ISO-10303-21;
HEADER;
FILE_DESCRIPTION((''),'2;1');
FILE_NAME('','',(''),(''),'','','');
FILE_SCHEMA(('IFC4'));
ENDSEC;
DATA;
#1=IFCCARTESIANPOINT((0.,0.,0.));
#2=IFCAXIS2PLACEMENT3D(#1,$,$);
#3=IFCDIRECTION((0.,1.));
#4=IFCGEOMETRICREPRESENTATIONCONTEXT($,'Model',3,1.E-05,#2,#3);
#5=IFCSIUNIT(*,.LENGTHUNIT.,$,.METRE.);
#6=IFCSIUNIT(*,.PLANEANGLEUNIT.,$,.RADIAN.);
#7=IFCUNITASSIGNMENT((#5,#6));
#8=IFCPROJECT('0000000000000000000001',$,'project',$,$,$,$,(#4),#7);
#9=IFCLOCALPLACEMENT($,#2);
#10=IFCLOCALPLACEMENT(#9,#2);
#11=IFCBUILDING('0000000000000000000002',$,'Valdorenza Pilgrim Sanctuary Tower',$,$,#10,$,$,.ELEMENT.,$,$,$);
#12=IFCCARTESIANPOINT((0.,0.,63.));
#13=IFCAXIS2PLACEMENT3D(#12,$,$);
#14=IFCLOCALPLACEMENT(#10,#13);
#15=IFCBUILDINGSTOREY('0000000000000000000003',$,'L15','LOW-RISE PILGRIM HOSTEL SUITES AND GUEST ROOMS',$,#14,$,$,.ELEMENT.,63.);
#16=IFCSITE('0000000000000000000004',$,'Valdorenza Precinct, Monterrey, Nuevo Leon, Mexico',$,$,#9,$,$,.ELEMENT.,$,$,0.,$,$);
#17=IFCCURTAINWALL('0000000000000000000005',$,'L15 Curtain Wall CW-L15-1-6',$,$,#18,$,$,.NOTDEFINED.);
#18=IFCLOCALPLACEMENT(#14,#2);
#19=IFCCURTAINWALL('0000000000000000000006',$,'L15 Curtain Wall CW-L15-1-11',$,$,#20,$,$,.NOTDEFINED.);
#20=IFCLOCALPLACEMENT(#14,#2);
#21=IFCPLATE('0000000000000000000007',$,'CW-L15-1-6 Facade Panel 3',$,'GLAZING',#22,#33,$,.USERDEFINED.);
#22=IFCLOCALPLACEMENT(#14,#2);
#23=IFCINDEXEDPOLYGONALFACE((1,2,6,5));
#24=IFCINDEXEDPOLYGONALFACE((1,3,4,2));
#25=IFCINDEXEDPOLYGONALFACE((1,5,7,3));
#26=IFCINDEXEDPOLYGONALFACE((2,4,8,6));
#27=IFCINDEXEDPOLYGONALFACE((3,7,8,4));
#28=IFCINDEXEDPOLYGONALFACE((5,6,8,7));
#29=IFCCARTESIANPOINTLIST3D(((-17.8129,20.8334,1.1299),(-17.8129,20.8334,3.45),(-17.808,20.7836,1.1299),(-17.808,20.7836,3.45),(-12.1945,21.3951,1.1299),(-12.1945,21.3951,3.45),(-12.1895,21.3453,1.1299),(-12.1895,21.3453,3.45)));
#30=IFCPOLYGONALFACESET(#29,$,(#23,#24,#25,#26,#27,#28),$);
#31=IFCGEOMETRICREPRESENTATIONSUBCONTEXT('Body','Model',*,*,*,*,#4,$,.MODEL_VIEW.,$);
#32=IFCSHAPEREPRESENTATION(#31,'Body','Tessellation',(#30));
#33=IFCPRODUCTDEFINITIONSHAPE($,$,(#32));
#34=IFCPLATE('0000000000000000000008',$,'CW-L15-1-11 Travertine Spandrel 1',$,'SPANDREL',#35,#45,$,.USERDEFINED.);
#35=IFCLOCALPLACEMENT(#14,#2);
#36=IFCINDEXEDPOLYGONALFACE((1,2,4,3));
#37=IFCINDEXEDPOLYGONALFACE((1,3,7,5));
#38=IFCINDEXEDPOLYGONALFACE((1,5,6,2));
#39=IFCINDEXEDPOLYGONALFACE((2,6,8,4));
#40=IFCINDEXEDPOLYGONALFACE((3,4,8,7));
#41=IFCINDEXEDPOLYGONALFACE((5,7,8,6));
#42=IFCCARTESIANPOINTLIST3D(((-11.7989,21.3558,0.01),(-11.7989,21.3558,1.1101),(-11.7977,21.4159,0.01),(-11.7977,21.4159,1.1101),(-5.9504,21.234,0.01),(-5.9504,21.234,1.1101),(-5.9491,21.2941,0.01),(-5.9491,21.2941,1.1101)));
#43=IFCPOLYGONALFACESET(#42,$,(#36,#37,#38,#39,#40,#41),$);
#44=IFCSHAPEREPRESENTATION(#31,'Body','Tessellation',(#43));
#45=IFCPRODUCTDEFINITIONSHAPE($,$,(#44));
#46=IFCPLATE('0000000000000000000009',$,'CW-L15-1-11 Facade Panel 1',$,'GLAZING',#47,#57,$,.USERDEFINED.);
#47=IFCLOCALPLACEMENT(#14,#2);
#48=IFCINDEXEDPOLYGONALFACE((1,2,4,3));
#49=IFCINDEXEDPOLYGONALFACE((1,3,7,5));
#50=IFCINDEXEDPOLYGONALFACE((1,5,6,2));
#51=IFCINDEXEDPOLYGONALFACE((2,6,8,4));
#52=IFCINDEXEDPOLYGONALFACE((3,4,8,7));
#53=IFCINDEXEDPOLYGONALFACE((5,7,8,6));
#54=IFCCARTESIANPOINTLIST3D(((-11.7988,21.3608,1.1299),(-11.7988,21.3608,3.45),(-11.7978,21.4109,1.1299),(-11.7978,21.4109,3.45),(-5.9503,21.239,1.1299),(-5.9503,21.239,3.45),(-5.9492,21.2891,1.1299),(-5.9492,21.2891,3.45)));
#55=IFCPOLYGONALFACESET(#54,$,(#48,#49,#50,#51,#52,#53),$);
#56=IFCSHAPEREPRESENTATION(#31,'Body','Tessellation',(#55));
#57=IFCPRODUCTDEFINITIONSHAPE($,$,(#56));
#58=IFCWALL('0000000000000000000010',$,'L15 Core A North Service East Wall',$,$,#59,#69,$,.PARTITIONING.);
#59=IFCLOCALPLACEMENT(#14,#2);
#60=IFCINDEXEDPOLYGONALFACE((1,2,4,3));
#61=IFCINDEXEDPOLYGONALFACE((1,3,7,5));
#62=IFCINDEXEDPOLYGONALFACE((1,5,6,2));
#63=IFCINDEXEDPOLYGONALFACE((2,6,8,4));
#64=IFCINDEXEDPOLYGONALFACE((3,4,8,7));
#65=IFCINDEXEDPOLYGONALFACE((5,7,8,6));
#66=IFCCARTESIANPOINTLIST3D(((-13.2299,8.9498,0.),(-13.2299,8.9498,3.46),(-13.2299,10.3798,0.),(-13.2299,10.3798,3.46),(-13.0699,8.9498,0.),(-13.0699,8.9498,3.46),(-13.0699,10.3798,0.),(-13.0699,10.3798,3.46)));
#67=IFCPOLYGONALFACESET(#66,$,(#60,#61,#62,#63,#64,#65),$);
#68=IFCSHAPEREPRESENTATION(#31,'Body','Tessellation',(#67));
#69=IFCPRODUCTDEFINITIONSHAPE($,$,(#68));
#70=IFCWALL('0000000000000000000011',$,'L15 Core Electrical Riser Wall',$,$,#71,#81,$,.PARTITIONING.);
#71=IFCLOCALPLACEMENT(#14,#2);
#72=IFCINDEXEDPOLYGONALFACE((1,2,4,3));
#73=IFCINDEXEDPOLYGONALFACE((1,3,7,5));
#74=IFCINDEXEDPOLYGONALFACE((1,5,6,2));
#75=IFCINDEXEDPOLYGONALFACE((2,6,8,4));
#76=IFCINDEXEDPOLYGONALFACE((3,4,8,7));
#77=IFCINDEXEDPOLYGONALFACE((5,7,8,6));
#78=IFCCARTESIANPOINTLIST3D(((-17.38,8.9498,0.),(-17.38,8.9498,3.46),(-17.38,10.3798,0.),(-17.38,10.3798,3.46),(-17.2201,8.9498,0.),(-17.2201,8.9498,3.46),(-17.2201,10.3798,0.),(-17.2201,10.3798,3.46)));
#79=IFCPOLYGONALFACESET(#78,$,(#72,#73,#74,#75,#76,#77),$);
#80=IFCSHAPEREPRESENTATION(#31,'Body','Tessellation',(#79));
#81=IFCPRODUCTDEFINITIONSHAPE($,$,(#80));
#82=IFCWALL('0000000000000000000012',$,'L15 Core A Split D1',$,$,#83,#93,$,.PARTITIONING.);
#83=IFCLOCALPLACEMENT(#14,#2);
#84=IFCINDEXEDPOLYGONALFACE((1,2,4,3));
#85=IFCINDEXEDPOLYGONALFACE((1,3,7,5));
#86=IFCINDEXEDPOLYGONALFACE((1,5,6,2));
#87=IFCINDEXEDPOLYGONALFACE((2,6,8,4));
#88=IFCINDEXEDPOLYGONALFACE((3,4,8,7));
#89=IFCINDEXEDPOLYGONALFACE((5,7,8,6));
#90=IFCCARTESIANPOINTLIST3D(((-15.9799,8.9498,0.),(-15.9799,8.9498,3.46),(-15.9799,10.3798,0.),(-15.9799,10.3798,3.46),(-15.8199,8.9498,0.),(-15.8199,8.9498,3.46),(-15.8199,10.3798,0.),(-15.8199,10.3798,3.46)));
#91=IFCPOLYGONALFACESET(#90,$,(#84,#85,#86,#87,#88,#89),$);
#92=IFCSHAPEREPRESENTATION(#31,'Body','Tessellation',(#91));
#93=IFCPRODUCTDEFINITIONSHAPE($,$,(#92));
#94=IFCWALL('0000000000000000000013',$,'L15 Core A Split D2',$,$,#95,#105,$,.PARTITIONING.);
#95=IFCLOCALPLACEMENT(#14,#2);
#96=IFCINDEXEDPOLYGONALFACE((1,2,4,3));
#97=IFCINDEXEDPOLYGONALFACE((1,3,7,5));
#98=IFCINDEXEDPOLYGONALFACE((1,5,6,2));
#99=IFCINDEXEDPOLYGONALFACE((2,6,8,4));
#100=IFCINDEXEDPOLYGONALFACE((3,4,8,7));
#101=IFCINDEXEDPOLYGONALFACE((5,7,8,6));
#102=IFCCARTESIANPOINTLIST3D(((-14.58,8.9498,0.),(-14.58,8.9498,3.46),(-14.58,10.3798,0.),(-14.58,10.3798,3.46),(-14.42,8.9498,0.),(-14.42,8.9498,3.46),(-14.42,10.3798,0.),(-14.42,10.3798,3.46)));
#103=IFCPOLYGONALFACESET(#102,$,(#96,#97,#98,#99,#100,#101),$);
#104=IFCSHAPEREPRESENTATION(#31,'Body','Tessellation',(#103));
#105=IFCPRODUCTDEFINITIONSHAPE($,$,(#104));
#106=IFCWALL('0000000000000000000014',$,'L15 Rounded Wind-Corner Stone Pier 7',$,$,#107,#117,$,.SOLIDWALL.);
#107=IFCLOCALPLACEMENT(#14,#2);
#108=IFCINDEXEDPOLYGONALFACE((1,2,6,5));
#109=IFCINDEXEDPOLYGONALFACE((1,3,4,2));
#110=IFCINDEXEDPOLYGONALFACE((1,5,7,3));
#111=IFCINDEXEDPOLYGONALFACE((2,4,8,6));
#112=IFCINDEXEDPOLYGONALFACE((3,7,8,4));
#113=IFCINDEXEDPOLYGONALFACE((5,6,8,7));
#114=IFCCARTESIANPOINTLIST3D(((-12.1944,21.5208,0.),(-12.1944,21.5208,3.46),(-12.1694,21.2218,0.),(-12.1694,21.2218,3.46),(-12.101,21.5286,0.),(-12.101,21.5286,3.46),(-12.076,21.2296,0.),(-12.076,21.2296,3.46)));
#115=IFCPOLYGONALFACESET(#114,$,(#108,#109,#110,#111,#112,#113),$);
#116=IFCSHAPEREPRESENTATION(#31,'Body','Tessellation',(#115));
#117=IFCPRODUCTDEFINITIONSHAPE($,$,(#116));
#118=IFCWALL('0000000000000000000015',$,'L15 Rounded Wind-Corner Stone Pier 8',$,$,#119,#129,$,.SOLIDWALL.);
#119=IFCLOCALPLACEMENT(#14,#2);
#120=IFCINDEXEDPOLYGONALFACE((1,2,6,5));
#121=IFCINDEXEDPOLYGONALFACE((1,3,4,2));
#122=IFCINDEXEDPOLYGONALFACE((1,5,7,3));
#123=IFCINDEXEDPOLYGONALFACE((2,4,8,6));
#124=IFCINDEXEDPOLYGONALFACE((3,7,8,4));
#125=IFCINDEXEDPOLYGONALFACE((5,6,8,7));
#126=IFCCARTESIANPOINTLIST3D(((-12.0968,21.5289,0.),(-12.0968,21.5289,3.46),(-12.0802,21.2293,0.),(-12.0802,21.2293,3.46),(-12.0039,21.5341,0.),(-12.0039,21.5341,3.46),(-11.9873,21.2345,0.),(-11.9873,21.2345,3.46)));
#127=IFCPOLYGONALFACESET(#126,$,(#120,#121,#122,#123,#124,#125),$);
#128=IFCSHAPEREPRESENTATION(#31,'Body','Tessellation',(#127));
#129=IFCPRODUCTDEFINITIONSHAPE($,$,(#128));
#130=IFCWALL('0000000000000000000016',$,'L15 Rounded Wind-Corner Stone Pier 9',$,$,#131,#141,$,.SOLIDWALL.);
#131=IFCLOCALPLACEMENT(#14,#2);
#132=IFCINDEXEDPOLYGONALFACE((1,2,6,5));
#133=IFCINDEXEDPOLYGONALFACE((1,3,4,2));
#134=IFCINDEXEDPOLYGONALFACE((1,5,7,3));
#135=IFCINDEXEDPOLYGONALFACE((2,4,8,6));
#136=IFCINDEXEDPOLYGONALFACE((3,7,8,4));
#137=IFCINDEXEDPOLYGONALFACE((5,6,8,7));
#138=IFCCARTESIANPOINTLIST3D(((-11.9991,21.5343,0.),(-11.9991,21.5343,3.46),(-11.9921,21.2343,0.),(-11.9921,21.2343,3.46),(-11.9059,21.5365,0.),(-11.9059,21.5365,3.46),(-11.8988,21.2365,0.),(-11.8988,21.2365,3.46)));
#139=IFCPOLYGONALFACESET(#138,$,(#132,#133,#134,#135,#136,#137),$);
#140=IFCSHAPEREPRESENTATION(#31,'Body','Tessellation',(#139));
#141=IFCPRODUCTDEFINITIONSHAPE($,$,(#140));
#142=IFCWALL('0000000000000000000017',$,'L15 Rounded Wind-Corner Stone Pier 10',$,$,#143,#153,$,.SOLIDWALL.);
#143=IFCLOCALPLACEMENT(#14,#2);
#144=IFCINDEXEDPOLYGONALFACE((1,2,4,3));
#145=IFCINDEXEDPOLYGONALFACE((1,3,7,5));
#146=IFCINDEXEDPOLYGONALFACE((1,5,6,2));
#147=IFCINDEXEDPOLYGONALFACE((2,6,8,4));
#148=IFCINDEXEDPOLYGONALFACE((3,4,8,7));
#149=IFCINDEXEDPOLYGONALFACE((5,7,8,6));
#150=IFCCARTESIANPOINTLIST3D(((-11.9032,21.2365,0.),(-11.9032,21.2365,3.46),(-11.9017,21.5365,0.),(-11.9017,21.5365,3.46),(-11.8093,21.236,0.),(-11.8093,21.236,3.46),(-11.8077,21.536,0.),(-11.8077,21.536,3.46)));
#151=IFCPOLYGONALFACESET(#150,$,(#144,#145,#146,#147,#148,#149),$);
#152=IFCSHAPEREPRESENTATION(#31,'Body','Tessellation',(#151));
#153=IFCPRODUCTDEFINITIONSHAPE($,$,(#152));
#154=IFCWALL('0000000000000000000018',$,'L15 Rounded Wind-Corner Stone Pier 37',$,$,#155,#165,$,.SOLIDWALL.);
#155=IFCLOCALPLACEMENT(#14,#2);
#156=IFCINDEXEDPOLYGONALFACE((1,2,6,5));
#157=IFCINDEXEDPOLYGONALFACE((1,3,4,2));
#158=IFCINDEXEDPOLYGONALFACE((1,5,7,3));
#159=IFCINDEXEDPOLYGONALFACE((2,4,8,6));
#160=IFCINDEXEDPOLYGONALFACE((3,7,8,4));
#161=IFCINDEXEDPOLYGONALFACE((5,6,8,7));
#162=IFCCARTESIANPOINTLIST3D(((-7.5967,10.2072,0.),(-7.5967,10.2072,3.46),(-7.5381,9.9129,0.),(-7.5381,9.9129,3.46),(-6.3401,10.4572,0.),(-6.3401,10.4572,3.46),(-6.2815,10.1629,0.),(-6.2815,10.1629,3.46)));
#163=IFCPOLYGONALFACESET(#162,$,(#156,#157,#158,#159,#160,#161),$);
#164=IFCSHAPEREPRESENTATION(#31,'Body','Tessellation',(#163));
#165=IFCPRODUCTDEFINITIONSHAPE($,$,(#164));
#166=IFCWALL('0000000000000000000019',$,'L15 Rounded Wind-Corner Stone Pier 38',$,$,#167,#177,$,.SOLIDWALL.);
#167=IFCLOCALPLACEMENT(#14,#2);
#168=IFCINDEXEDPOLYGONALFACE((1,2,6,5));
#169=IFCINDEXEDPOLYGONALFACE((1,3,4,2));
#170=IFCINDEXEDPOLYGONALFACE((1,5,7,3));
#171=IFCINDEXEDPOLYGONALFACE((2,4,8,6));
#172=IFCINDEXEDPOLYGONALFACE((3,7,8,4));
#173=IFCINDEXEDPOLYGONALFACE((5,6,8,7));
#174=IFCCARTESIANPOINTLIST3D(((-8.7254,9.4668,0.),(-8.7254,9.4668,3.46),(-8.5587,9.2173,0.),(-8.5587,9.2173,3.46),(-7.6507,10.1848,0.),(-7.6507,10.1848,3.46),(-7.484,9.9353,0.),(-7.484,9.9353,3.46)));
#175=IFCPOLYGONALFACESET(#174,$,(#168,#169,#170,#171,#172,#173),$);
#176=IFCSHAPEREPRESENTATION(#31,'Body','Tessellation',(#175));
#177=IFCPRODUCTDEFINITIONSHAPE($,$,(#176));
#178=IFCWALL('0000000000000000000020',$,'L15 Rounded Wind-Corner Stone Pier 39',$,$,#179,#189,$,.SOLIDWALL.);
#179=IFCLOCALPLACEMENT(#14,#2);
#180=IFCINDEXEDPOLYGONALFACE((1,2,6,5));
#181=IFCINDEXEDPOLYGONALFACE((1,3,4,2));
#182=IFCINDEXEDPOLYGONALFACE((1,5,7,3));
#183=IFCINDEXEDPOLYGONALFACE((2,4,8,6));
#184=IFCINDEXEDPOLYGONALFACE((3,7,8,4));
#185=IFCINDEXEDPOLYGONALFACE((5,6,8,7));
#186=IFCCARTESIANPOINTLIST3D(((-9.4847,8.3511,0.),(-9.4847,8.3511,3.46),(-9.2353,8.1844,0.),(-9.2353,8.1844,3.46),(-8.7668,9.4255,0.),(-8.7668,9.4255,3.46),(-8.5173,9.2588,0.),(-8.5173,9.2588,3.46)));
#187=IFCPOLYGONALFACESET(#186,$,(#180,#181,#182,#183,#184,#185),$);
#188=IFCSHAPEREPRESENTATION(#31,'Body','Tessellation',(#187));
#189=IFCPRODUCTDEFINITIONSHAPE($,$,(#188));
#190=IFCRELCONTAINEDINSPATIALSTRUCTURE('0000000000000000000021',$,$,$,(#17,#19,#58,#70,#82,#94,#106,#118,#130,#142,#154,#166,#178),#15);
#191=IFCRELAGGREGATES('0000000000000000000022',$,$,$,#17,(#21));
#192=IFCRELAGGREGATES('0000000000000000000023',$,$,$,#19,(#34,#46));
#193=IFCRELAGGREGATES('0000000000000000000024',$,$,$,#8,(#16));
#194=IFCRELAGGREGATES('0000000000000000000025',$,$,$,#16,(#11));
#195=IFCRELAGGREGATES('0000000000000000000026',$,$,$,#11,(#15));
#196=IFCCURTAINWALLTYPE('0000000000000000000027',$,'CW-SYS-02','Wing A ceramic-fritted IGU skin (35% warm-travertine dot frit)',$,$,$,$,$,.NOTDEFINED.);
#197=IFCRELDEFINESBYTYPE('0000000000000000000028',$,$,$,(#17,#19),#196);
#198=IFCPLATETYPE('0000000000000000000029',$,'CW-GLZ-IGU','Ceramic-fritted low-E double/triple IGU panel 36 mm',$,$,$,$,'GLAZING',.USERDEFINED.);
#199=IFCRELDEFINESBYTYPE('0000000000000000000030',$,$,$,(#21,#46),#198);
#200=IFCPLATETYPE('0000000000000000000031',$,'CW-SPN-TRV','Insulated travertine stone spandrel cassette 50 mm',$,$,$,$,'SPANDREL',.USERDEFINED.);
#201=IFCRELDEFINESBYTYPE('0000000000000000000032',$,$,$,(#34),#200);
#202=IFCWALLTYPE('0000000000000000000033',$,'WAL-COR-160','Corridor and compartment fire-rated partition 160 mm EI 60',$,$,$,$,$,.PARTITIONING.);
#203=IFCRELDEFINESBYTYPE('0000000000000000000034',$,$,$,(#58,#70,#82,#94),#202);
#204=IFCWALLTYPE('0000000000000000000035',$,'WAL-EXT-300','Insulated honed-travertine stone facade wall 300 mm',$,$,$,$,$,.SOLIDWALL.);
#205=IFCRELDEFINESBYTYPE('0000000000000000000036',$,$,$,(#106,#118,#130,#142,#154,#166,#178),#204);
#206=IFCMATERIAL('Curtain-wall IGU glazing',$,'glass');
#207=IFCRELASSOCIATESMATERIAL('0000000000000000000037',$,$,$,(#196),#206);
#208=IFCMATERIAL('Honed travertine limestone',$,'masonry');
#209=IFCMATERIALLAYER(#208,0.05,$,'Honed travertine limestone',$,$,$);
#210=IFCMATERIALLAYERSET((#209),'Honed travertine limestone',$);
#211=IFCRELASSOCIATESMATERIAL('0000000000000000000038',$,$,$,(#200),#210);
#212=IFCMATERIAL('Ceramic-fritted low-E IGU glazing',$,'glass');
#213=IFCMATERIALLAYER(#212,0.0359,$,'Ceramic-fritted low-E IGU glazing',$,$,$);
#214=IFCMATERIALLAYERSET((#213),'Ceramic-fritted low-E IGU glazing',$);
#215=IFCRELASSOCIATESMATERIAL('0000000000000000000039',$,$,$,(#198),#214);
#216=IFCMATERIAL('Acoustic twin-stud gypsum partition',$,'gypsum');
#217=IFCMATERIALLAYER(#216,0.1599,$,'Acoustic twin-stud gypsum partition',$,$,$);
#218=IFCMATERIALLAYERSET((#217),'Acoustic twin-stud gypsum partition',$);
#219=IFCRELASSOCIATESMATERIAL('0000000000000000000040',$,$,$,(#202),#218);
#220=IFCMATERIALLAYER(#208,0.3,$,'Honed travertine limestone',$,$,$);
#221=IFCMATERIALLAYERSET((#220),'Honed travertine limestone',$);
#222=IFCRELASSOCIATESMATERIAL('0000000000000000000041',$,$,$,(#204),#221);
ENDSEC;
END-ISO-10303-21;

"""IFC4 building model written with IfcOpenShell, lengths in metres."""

from ifc_helpers import new_model, si_unit, direction, frame, frame_2d, origin, origin_2d, place, context, subcontext, project, spatial, rectangle, extrude, source, transform, mapped, material, layer, layer_set, type_object, element, aggregate, save


model = new_model("IFC4")

# Units and contexts
model_context = context("Model", 3, precision=1e-05, world=origin(), true_north=direction((0.0, 1.0)))
body_context = subcontext(model_context, "Body", "Model", "MODEL_VIEW")
ifc_project = project(units=[si_unit("LENGTHUNIT", "METRE"), si_unit("PLANEANGLEUNIT", "RADIAN")], contexts=[model_context])

# Site, building, storey
site_placement = place(None, origin())
site = spatial("IfcSite", under=ifc_project, at=site_placement, Name="Valdorenza Precinct, Monterrey, Nuevo Leon, Mexico", CompositionType="ELEMENT", RefElevation=0.0)
building_placement = place(site_placement, origin())
building = spatial("IfcBuilding", under=site, at=building_placement, Name="Valdorenza Pilgrim Sanctuary Tower", CompositionType="ELEMENT")
storey_placement = place(building_placement, frame((0.0, 0.0, 63.0)))
storey = spatial("IfcBuildingStorey", under=building, at=storey_placement, Name="L15", Description="LOW-RISE PILGRIM HOSTEL SUITES AND GUEST ROOMS", CompositionType="ELEMENT", Elevation=63.0)

# Curtain walls
ifc_material_1 = material(Name="Curtain-wall IGU glazing", Category="glass")
curtain_wall_type = type_object("IfcCurtainWallType", Name="CW-SYS-02", Description="Wing A ceramic-fritted IGU skin (35% warm-travertine dot frit)", PredefinedType="NOTDEFINED", material=ifc_material_1)
curtain_wall_1_placement = place(storey_placement, origin())
curtain_wall_1 = element("IfcCurtainWall", 1, at=curtain_wall_1_placement, inside=storey, type_object=curtain_wall_type, Name="L15 Curtain Wall CW-L15-1-6", PredefinedType="NOTDEFINED")
curtain_wall_2_placement = place(storey_placement, origin())
curtain_wall_2 = element("IfcCurtainWall", 2, at=curtain_wall_2_placement, inside=storey, type_object=curtain_wall_type, Name="L15 Curtain Wall CW-L15-1-11", PredefinedType="NOTDEFINED")

# Plates
ifc_material_2 = material(Name="Honed travertine limestone", Category="masonry")
ifc_layer_1 = layer(ifc_material_2, 0.05, Name="Honed travertine limestone")
ifc_layer_set_1 = layer_set([ifc_layer_1], Name="Honed travertine limestone")
plate_type_1 = type_object("IfcPlateType", Name="CW-SPN-TRV", Description="Insulated travertine stone spandrel cassette 50 mm", ElementType="SPANDREL", PredefinedType="USERDEFINED", material=ifc_layer_set_1)
ifc_material_3 = material(Name="Ceramic-fritted low-E IGU glazing", Category="glass")
ifc_layer_2 = layer(ifc_material_3, 0.0359, Name="Ceramic-fritted low-E IGU glazing")
ifc_layer_set_2 = layer_set([ifc_layer_2], Name="Ceramic-fritted low-E IGU glazing")
plate_type_2 = type_object("IfcPlateType", Name="CW-GLZ-IGU", Description="Ceramic-fritted low-E double/triple IGU panel 36 mm", ElementType="GLAZING", PredefinedType="USERDEFINED", material=ifc_layer_set_2)
shared_shape_1 = source(origin(), body_context, "Body", "SweptSolid", [
    extrude(rectangle(XDim=5.6465, YDim=0.05, at=origin_2d()), origin(), (0.0, 0.0, 1.0), 2.3201),
])
plate_1_placement = place(storey_placement, frame((-15.0012, 21.0894, 1.1299), z_axis=(0.0, 0.0, 1.0), x_axis=(0.995038, 0.099493, 0.0)))
plate_1 = element("IfcPlate", 3, at=plate_1_placement, type_object=plate_type_2, Name="CW-L15-1-6 Facade Panel 3", ObjectType="GLAZING", PredefinedType="USERDEFINED", context=body_context, shape_type="MappedRepresentation", body=[
    mapped(shared_shape_1, transform((0.0, 0.0, 0.0), x_axis=(1.0, 0.0, 0.0), y_axis=(0.0, 1.0, 0.0), z_axis=(0.0, 0.0, 1.0), scale=1.0)),
])
aggregate(curtain_wall_1, [plate_1])
shared_shape_2 = source(origin(), body_context, "Body", "SweptSolid", [
    extrude(rectangle(XDim=5.8499, YDim=0.0601, at=origin_2d()), origin(), (0.0, 0.0, 1.0), 1.1001),
])
plate_2_placement = place(storey_placement, frame((-8.874, 21.325, 0.01), z_axis=(0.0, 0.0, 1.0), x_axis=(0.999783, -0.02082, 0.0)))
plate_2 = element("IfcPlate", 4, at=plate_2_placement, type_object=plate_type_1, Name="CW-L15-1-11 Travertine Spandrel 1", ObjectType="SPANDREL", PredefinedType="USERDEFINED", context=body_context, shape_type="MappedRepresentation", body=[
    mapped(shared_shape_2, transform((0.0, 0.0, 0.0), x_axis=(1.0, 0.0, 0.0), y_axis=(0.0, 1.0, 0.0), z_axis=(0.0, 0.0, 1.0), scale=1.0)),
])
shared_shape_3 = source(origin(), body_context, "Body", "SweptSolid", [
    extrude(rectangle(XDim=5.8499, YDim=0.05, at=origin_2d()), origin(), (0.0, 0.0, 1.0), 2.3201),
])
plate_3_placement = place(storey_placement, frame((-8.874, 21.325, 1.1299), z_axis=(0.0, 0.0, 1.0), x_axis=(0.999783, -0.02082, 0.0)))
plate_3 = element("IfcPlate", 5, at=plate_3_placement, type_object=plate_type_2, Name="CW-L15-1-11 Facade Panel 1", ObjectType="GLAZING", PredefinedType="USERDEFINED", context=body_context, shape_type="MappedRepresentation", body=[
    mapped(shared_shape_3, transform((0.0, 0.0, 0.0), x_axis=(1.0, 0.0, 0.0), y_axis=(0.0, 1.0, 0.0), z_axis=(0.0, 0.0, 1.0), scale=1.0)),
])
aggregate(curtain_wall_2, [plate_2, plate_3])

# Walls
ifc_material_4 = material(Name="Acoustic twin-stud gypsum partition", Category="gypsum")
ifc_layer_3 = layer(ifc_material_4, 0.1599, Name="Acoustic twin-stud gypsum partition")
ifc_layer_set_3 = layer_set([ifc_layer_3], Name="Acoustic twin-stud gypsum partition")
wall_type_1 = type_object("IfcWallType", Name="WAL-COR-160", Description="Corridor and compartment fire-rated partition 160 mm EI 60", PredefinedType="PARTITIONING", material=ifc_layer_set_3)
for number, where, z_axis, x_axis, name in (
    (6, (-13.1499, 8.95, 0.0), (0.0, 0.0, 1.0), (0.0, 1.0, 0.0), "L15 Core A North Service East Wall"),
    (7, (-17.3, 8.95, 0.0), (0.0, 0.0, 1.0), (0.0, 1.0, 0.0), "L15 Core Electrical Riser Wall"),
    (8, (-15.8999, 8.95, 0.0), (0.0, 0.0, 1.0), (0.0, 1.0, 0.0), "L15 Core A Split D1"),
    (9, (-14.5, 8.95, 0.0), (0.0, 0.0, 1.0), (0.0, 1.0, 0.0), "L15 Core A Split D2"),
):
    element("IfcWall", number, at=place(storey_placement, frame(where, z_axis=z_axis, x_axis=x_axis)), inside=storey, type_object=wall_type_1, Name=name, PredefinedType="PARTITIONING", context=body_context, shape_type="SweptSolid", body=[
        extrude(rectangle(XDim=1.4299, YDim=0.1599, at=frame_2d((0.7148, 0.0))), origin(), (0.0, 0.0, 1.0), 3.46),
    ])
ifc_layer_4 = layer(ifc_material_2, 0.3, Name="Honed travertine limestone")
ifc_layer_set_4 = layer_set([ifc_layer_4], Name="Honed travertine limestone")
wall_type_2 = type_object("IfcWallType", Name="WAL-EXT-300", Description="Insulated honed-travertine stone facade wall 300 mm", PredefinedType="SOLIDWALL", material=ifc_layer_set_4)
wall_1_placement = place(storey_placement, frame((-12.1819, 21.3713, 0.0), z_axis=(0.0, 0.0, 1.0), x_axis=(0.996528, 0.083261, 0.0)))
element("IfcWall", 10, at=wall_1_placement, inside=storey, type_object=wall_type_2, Name="L15 Rounded Wind-Corner Stone Pier 7", PredefinedType="SOLIDWALL", context=body_context, shape_type="SweptSolid", body=[
    extrude(rectangle(XDim=0.0938, YDim=0.3, at=frame_2d((0.0469, 0.0))), origin(), (0.0, 0.0, 1.0), 3.46),
])
wall_2_placement = place(storey_placement, frame((-12.0884, 21.3792, 0.0), z_axis=(0.0, 0.0, 1.0), x_axis=(0.998476, 0.055179, 0.0)))
element("IfcWall", 11, at=wall_2_placement, inside=storey, type_object=wall_type_2, Name="L15 Rounded Wind-Corner Stone Pier 8", PredefinedType="SOLIDWALL", context=body_context, shape_type="SweptSolid", body=[
    extrude(rectangle(XDim=0.093, YDim=0.3, at=frame_2d((0.0464, 0.0))), origin(), (0.0, 0.0, 1.0), 3.46),
])
wall_3_placement = place(storey_placement, frame((-11.9956, 21.3843, 0.0), z_axis=(0.0, 0.0, 1.0), x_axis=(0.999723, 0.023554, 0.0)))
element("IfcWall", 12, at=wall_3_placement, inside=storey, type_object=wall_type_2, Name="L15 Rounded Wind-Corner Stone Pier 9", PredefinedType="SOLIDWALL", context=body_context, shape_type="SweptSolid", body=[
    extrude(rectangle(XDim=0.0933, YDim=0.3, at=frame_2d((0.0466, 0.0))), origin(), (0.0, 0.0, 1.0), 3.46),
])
wall_4_placement = place(storey_placement, frame((-11.9023, 21.3865, 0.0), z_axis=(0.0, 0.0, 1.0), x_axis=(0.999987, -0.005195, 0.0)))
element("IfcWall", 13, at=wall_4_placement, inside=storey, type_object=wall_type_2, Name="L15 Rounded Wind-Corner Stone Pier 10", PredefinedType="SOLIDWALL", context=body_context, shape_type="SweptSolid", body=[
    extrude(rectangle(XDim=0.094, YDim=0.3, at=frame_2d((0.0469, 0.0))), origin(), (0.0, 0.0, 1.0), 3.46),
])
wall_5_placement = place(storey_placement, frame((-6.3108, 10.3101, 0.0), z_axis=(0.0, 0.0, 1.0), x_axis=(-0.980778, -0.195127, 0.0)))
element("IfcWall", 14, at=wall_5_placement, inside=storey, type_object=wall_type_2, Name="L15 Rounded Wind-Corner Stone Pier 37", PredefinedType="SOLIDWALL", context=body_context, shape_type="SweptSolid", body=[
    extrude(rectangle(XDim=1.2812, YDim=0.3, at=frame_2d((0.6406, 0.0))), origin(), (0.0, 0.0, 1.0), 3.46),
])
wall_6_placement = place(storey_placement, frame((-7.5674, 10.0601, 0.0), z_axis=(0.0, 0.0, 1.0), x_axis=(-0.831498, -0.555528, 0.0)))
element("IfcWall", 15, at=wall_6_placement, inside=storey, type_object=wall_type_2, Name="L15 Rounded Wind-Corner Stone Pier 38", PredefinedType="SOLIDWALL", context=body_context, shape_type="SweptSolid", body=[
    extrude(rectangle(XDim=1.2925, YDim=0.3, at=frame_2d((0.6462, 0.0))), origin(), (0.0, 0.0, 1.0), 3.46),
])
wall_7_placement = place(storey_placement, frame((-8.6421, 9.342, 0.0), z_axis=(0.0, 0.0, 1.0), x_axis=(-0.555615, -0.831439, 0.0)))
element("IfcWall", 16, at=wall_7_placement, inside=storey, type_object=wall_type_2, Name="L15 Rounded Wind-Corner Stone Pier 39", PredefinedType="SOLIDWALL", context=body_context, shape_type="SweptSolid", body=[
    extrude(rectangle(XDim=1.2922, YDim=0.3, at=frame_2d((0.646, 0.0))), origin(), (0.0, 0.0, 1.0), 3.46),
])

save(model, "model.ifc")
